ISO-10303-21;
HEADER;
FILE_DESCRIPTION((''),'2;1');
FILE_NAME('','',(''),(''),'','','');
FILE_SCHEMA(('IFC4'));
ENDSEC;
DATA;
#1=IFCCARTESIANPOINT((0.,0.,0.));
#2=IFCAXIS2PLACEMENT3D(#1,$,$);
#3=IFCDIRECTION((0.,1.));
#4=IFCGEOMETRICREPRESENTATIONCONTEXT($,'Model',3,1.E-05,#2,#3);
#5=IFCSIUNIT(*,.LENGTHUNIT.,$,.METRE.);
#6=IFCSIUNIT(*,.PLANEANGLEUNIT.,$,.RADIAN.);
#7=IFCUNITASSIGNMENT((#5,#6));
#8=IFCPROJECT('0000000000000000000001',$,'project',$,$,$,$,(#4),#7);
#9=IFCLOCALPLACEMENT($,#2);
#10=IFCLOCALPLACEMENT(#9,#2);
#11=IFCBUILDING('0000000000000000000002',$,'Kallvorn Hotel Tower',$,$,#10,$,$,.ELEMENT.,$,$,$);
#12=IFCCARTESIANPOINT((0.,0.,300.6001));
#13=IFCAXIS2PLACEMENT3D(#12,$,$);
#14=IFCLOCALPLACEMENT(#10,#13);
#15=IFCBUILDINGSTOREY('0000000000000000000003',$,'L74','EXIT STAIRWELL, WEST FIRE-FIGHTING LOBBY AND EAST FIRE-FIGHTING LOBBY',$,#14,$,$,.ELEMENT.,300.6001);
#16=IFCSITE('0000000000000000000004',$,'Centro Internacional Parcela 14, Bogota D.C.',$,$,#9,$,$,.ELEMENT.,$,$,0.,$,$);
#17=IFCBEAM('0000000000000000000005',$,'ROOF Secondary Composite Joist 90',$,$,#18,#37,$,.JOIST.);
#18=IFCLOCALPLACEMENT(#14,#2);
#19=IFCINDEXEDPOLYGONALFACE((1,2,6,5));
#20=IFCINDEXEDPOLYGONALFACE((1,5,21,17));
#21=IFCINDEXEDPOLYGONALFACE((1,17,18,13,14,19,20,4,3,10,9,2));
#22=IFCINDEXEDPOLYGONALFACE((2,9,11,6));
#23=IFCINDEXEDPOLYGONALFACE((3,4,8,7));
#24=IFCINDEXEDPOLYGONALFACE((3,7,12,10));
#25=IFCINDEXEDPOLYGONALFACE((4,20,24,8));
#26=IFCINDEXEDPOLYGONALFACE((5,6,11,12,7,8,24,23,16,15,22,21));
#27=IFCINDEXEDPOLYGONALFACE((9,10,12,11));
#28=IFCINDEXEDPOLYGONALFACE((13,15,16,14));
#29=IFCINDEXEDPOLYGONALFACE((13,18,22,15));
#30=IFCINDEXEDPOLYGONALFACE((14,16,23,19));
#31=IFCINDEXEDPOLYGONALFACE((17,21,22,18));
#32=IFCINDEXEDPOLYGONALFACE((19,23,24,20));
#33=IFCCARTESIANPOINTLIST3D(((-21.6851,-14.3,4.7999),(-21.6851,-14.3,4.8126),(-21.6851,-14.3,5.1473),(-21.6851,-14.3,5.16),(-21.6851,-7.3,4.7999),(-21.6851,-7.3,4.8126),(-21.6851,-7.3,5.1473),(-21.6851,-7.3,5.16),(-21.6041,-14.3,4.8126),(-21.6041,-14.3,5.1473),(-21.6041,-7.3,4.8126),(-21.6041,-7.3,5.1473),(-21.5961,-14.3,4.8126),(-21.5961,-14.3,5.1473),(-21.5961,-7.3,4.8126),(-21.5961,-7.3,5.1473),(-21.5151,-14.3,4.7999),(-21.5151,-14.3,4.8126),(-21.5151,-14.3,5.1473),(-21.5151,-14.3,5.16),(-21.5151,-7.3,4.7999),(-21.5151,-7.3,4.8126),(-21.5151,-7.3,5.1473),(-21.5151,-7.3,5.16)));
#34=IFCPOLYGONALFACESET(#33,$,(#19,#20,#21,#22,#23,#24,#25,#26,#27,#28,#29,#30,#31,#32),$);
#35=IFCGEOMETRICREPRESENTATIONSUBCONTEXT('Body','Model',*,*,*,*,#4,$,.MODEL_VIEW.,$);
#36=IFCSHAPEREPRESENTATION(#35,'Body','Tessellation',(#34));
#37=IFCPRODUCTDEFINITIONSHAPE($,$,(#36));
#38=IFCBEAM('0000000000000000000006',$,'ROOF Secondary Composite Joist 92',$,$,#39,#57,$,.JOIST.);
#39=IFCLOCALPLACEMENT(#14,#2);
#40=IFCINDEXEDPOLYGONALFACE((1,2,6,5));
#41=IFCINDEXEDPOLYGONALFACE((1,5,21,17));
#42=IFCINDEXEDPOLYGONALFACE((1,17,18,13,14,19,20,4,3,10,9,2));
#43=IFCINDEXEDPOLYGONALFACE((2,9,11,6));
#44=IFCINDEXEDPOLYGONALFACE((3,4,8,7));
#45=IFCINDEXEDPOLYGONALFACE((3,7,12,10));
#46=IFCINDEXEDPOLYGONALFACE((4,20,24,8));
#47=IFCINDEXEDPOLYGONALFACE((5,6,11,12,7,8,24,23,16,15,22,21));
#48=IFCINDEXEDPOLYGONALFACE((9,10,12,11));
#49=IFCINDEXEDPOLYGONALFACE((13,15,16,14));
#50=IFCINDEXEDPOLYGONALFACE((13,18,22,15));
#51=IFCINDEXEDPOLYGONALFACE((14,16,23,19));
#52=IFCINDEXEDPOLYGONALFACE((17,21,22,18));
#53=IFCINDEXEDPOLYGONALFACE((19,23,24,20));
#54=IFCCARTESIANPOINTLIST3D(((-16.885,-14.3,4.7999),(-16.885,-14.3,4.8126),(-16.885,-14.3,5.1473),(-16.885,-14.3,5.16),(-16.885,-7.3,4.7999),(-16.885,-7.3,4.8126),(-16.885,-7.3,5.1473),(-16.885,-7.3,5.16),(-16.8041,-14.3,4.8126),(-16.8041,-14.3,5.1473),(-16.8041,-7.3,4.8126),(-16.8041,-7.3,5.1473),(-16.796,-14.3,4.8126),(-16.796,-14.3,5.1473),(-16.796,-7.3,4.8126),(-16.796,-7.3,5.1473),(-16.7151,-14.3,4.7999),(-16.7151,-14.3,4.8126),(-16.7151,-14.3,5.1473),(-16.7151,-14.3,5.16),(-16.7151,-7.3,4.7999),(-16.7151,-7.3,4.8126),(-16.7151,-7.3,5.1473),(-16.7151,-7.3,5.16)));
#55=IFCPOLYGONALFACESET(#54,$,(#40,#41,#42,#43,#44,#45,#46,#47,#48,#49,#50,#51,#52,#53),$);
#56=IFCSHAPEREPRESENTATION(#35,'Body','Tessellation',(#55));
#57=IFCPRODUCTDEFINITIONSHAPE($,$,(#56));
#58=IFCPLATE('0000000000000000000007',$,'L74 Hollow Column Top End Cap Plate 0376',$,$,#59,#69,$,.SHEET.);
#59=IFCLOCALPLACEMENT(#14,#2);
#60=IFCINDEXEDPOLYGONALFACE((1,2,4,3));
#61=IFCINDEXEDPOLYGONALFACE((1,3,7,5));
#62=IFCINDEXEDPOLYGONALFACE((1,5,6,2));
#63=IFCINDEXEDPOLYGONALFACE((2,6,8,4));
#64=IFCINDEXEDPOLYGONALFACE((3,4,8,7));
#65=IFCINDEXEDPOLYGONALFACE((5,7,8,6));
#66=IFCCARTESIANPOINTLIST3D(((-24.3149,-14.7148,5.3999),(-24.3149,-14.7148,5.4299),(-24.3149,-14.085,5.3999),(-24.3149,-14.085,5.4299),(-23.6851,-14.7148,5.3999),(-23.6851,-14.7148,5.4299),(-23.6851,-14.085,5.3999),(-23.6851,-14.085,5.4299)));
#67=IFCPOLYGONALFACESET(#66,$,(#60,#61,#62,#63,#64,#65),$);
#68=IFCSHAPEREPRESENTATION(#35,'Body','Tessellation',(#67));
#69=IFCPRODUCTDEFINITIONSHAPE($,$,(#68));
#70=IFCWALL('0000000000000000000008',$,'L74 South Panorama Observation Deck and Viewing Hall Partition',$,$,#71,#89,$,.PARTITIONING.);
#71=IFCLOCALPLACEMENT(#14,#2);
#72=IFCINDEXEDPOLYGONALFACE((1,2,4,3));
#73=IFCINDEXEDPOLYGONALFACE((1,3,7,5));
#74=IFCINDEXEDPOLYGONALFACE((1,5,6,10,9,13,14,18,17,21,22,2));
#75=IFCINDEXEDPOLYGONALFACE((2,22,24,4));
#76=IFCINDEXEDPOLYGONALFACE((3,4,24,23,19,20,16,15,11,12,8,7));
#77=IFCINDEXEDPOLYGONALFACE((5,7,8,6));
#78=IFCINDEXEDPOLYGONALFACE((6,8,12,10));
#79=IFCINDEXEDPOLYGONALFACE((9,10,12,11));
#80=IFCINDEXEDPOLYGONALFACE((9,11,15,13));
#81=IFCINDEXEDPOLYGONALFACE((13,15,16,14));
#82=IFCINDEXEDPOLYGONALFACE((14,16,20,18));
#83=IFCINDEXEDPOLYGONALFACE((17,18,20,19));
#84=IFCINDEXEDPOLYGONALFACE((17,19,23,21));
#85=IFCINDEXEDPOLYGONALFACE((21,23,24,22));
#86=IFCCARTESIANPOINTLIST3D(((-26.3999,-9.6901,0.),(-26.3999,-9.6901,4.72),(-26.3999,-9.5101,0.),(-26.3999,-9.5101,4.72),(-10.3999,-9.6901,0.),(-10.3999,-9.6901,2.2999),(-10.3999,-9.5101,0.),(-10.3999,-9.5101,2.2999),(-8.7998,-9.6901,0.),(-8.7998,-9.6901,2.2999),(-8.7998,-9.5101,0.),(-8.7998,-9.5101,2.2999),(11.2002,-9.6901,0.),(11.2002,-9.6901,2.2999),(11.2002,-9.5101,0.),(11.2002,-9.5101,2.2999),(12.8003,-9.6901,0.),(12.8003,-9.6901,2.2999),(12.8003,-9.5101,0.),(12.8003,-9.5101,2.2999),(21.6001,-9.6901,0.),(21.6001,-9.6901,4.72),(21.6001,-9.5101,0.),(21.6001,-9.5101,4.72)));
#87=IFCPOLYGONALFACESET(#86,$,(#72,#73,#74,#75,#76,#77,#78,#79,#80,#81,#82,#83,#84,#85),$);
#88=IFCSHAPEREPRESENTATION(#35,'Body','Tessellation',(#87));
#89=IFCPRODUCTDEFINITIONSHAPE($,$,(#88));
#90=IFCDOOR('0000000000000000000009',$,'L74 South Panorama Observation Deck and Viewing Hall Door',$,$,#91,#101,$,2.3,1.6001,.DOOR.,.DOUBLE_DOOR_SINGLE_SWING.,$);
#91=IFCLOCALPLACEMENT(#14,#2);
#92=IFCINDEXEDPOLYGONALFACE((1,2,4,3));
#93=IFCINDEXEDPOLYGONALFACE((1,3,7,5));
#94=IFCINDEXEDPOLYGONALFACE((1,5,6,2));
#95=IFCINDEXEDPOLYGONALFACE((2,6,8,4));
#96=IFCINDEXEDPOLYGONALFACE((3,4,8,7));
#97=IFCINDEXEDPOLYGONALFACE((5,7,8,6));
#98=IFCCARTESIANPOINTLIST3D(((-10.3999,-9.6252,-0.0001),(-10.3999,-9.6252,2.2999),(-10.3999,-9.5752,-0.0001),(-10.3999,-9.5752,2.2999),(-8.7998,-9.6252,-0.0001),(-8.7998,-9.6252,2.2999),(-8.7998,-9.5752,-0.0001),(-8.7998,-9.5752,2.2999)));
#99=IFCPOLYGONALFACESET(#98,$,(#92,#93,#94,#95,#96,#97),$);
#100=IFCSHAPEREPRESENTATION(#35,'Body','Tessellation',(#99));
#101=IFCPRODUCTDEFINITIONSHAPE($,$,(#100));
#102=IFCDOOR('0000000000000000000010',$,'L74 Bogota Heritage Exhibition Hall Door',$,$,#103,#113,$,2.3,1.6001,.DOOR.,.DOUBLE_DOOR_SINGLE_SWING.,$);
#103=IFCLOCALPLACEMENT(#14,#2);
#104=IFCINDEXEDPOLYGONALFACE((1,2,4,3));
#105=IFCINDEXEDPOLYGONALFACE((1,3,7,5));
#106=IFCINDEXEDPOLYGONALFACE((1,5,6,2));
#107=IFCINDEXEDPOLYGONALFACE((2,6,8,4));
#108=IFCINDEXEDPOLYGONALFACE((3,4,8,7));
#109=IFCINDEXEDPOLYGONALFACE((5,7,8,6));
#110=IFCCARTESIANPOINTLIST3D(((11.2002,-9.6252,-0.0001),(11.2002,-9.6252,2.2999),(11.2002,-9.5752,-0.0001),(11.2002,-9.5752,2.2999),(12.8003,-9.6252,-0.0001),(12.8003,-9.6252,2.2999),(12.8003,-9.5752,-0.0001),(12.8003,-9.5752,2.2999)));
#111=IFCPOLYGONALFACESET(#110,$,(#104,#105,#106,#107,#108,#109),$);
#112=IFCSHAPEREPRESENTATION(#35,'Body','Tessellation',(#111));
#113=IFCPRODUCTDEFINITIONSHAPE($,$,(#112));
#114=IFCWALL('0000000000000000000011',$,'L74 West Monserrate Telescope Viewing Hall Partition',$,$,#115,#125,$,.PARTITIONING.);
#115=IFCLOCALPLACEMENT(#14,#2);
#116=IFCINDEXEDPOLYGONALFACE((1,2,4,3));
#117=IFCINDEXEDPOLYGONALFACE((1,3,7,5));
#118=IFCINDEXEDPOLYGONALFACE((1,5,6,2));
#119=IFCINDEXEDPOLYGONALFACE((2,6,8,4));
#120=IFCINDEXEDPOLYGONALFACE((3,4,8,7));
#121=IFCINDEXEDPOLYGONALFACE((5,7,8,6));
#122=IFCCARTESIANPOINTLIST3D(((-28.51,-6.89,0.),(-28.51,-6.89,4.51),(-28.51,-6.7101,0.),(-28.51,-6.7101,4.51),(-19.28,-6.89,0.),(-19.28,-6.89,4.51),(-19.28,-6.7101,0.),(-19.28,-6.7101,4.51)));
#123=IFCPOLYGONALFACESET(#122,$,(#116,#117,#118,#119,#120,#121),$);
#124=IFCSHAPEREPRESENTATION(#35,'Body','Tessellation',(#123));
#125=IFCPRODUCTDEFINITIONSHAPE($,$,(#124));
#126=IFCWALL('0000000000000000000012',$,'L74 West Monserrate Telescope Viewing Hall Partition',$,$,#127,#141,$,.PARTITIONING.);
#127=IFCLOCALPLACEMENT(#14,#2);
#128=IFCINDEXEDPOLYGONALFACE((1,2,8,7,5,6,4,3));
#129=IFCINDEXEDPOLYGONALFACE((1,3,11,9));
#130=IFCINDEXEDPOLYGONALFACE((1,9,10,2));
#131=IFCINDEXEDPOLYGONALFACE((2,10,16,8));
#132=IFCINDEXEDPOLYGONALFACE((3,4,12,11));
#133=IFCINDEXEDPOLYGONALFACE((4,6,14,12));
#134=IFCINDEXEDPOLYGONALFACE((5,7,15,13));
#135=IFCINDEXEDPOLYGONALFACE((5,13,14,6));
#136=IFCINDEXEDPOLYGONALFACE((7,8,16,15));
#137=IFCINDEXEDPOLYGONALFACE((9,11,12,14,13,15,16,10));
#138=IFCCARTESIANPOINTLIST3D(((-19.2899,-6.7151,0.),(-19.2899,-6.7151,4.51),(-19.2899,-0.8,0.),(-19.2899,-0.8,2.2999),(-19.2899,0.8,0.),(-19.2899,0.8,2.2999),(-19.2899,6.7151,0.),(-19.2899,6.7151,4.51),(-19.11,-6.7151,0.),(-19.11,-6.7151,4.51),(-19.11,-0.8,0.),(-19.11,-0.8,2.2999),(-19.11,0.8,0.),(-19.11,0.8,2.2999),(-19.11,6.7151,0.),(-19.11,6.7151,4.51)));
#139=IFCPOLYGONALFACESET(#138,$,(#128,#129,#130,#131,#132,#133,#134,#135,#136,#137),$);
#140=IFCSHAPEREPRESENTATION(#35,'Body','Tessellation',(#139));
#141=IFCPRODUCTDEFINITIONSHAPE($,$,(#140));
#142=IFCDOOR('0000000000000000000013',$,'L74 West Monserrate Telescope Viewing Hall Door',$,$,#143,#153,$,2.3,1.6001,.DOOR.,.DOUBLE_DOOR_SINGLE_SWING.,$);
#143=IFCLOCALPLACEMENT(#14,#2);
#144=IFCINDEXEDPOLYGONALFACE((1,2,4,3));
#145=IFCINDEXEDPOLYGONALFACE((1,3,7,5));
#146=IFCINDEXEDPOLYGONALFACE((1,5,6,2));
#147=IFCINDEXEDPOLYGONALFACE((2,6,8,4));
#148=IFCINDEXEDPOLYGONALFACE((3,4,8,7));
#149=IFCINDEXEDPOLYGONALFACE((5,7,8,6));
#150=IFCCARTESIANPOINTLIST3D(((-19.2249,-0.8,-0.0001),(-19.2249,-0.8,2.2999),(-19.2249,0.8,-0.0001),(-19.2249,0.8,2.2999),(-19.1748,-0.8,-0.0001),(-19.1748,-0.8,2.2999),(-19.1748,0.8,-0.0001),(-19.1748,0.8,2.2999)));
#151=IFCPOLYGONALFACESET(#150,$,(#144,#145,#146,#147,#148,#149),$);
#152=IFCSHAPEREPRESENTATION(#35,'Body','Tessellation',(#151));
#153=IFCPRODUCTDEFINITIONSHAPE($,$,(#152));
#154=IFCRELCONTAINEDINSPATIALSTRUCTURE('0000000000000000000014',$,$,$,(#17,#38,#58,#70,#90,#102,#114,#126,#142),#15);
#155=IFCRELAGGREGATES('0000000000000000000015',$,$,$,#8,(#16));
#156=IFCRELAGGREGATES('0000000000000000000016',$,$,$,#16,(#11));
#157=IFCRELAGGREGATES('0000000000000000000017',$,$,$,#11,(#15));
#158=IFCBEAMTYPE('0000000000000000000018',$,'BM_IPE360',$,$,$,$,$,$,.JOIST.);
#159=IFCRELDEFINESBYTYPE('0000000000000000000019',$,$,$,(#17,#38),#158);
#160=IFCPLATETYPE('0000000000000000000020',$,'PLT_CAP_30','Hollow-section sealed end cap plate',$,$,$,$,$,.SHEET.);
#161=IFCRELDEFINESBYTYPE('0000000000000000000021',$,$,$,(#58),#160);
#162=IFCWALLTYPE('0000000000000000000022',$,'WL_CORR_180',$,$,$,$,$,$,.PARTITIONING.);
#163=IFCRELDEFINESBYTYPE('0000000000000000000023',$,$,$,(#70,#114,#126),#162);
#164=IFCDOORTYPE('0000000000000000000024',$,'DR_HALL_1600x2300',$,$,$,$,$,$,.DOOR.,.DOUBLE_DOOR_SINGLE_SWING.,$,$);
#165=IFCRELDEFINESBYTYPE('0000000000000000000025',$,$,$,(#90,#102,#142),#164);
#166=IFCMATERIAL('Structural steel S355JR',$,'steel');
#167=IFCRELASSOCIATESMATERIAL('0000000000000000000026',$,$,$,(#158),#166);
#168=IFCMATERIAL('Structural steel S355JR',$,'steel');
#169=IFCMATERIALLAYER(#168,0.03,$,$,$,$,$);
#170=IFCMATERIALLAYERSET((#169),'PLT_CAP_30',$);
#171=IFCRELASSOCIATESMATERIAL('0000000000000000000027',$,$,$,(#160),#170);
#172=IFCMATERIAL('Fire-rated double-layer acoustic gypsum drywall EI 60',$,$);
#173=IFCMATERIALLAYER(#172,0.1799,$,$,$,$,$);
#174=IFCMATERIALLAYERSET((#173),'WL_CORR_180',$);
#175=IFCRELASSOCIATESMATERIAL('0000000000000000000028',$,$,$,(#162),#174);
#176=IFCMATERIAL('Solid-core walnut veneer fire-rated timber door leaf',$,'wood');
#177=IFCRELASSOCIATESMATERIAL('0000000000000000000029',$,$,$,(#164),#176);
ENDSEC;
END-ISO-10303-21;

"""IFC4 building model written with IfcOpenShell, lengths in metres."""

from ifc_helpers import new_model, si_unit, direction, frame, frame_2d, origin, origin_2d, place, context, subcontext, project, spatial, rectangle, i_section, extrude, material, layer, layer_set, material_profile, profile_set, type_object, element, fill, save


model = new_model("IFC4")

# Units and contexts
model_context = context("Model", 3, precision=1e-05, world=origin(), true_north=direction((0.0, 1.0)))
body_context = subcontext(model_context, "Body", "Model", "MODEL_VIEW")
ifc_project = project(units=[si_unit("LENGTHUNIT", "METRE"), si_unit("PLANEANGLEUNIT", "RADIAN")], contexts=[model_context])

# Site, building, storey
site_placement = place(None, origin())
site = spatial("IfcSite", under=ifc_project, at=site_placement, Name="Centro Internacional Parcela 14, Bogota D.C.", CompositionType="ELEMENT", RefElevation=0.0)
building_placement = place(site_placement, origin())
building = spatial("IfcBuilding", under=site, at=building_placement, Name="Kallvorn Hotel Tower", CompositionType="ELEMENT")
storey_placement = place(building_placement, frame((0.0, 0.0, 300.6001)))
storey = spatial("IfcBuildingStorey", under=building, at=storey_placement, Name="L74", Description="EXIT STAIRWELL, WEST FIRE-FIGHTING LOBBY AND EAST FIRE-FIGHTING LOBBY", CompositionType="ELEMENT", Elevation=300.6001)

# Beams
ifc_material_1 = material(Name="Structural steel S355JR", Category="steel")
ifc_material_profile_1 = material_profile(ifc_material_1, i_section(OverallWidth=0.1699, OverallDepth=0.3601, WebThickness=0.0081, FlangeThickness=0.0127, at=origin_2d()), Name="IPE 360")
ifc_profile_set_1 = profile_set([ifc_material_profile_1], Name="Structural steel S355JR")
beam_type_1 = type_object("IfcBeamType", Name="BM_IPE360", PredefinedType="JOIST", material=ifc_profile_set_1)
for number, where, z_axis, x_axis, name in (
    (1, (-21.6001, -14.3, 4.98), (0.0, 1.0, 0.0), (-1.0, 0.0, 0.0), "ROOF Secondary Composite Joist 90"),
    (2, (-16.8, -14.3, 4.98), (0.0, 1.0, 0.0), (-1.0, 0.0, 0.0), "ROOF Secondary Composite Joist 92"),
):
    element("IfcBeam", number, at=place(storey_placement, frame(where, z_axis=z_axis, x_axis=x_axis)), inside=storey, type_object=beam_type_1, Name=name, PredefinedType="JOIST", context=body_context, shape_type="SweptSolid", body=[
        extrude(i_section(OverallWidth=0.1699, OverallDepth=0.3601, WebThickness=0.0081, FlangeThickness=0.0127, at=origin_2d()), origin(), (0.0, 0.0, 1.0), 7.0),
    ])

# Plate
ifc_material_2 = material(Name="Structural steel S355JR", Category="steel")
ifc_layer_1 = layer(ifc_material_2, 0.03)
ifc_layer_set_1 = layer_set([ifc_layer_1], Name="PLT_CAP_30")
plate_type = type_object("IfcPlateType", Name="PLT_CAP_30", Description="Hollow-section sealed end cap plate", PredefinedType="SHEET", material=ifc_layer_set_1)
plate_placement = place(storey_placement, frame((-24.0, -14.3999, 5.3999), z_axis=(0.0, 0.0, 1.0), x_axis=(1.0, 0.0, 0.0)))
element("IfcPlate", 3, at=plate_placement, inside=storey, type_object=plate_type, Name="L74 Hollow Column Top End Cap Plate 0376", PredefinedType="SHEET", context=body_context, shape_type="SweptSolid", body=[
    extrude(rectangle(XDim=0.6299, YDim=0.6299, at=origin_2d()), origin(), (0.0, 0.0, 1.0), 0.03),
])

# Wall, openings, doors
ifc_material_3 = material(Name="Fire-rated double-layer acoustic gypsum drywall EI 60")
ifc_layer_2 = layer(ifc_material_3, 0.1799)
ifc_layer_set_2 = layer_set([ifc_layer_2], Name="WL_CORR_180")
wall_type = type_object("IfcWallType", Name="WL_CORR_180", PredefinedType="PARTITIONING", material=ifc_layer_set_2)
wall_1_placement = place(storey_placement, frame((-26.3999, -9.6001, 0.0), z_axis=(0.0, 0.0, 1.0), x_axis=(1.0, 0.0, 0.0)))
wall_1 = element("IfcWall", 4, at=wall_1_placement, inside=storey, type_object=wall_type, Name="L74 South Panorama Observation Deck and Viewing Hall Partition", PredefinedType="PARTITIONING", context=body_context, shape_type="SweptSolid", body=[
    extrude(rectangle(XDim=48.0, YDim=0.1799, at=frame_2d((24.0, 0.0))), origin(), (0.0, 0.0, 1.0), 4.72),
])
opening_1_placement = place(wall_1_placement, frame((16.0, 0.0, 0.0)))
opening_1 = element("IfcOpeningElement", 5, at=opening_1_placement, cuts=wall_1, PredefinedType="OPENING", context=body_context, shape_type="SweptSolid", body=[
    extrude(rectangle(XDim=1.6001, YDim=2.3, at=frame_2d((0.8, 1.1499))), frame((0.0, 0.1047, 0.0), z_axis=(0.0, -1.0, 0.0), x_axis=(1.0, 0.0, 0.0)), (0.0, 0.0, 1.0), 0.21),
])
opening_2_placement = place(wall_1_placement, frame((37.6001, 0.0, 0.0)))
opening_2 = element("IfcOpeningElement", 6, at=opening_2_placement, cuts=wall_1, PredefinedType="OPENING", context=body_context, shape_type="SweptSolid", body=[
    extrude(rectangle(XDim=1.6001, YDim=2.3, at=frame_2d((0.8, 1.1499))), frame((0.0, 0.1047, 0.0), z_axis=(0.0, -1.0, 0.0), x_axis=(1.0, 0.0, 0.0)), (0.0, 0.0, 1.0), 0.21),
])
ifc_material_4 = material(Name="Solid-core walnut veneer fire-rated timber door leaf", Category="wood")
door_type = type_object("IfcDoorType", Name="DR_HALL_1600x2300", OperationType="DOUBLE_DOOR_SINGLE_SWING", PredefinedType="DOOR", material=ifc_material_4)
door_1_placement = place(opening_1_placement, origin())
door_1 = element("IfcDoor", 7, at=door_1_placement, inside=storey, type_object=door_type, Name="L74 South Panorama Observation Deck and Viewing Hall Door", OperationType="DOUBLE_DOOR_SINGLE_SWING", OverallHeight=2.3, OverallWidth=1.6001, PredefinedType="DOOR", context=body_context, shape_type="SweptSolid", body=[
    extrude(rectangle(XDim=1.6001, YDim=2.3, at=frame_2d((0.8, 1.1499))), frame((0.0, 0.0249, 0.0), z_axis=(0.0, -1.0, 0.0), x_axis=(1.0, 0.0, 0.0)), (0.0, 0.0, 1.0), 0.05),
])
fill(opening_1, door_1)
door_2_placement = place(opening_2_placement, origin())
door_2 = element("IfcDoor", 8, at=door_2_placement, inside=storey, type_object=door_type, Name="L74 Bogota Heritage Exhibition Hall Door", OperationType="DOUBLE_DOOR_SINGLE_SWING", OverallHeight=2.3, OverallWidth=1.6001, PredefinedType="DOOR", context=body_context, shape_type="SweptSolid", body=[
    extrude(rectangle(XDim=1.6001, YDim=2.3, at=frame_2d((0.8, 1.1499))), frame((0.0, 0.0249, 0.0), z_axis=(0.0, -1.0, 0.0), x_axis=(1.0, 0.0, 0.0)), (0.0, 0.0, 1.0), 0.05),
])
fill(opening_2, door_2)

# Wall
wall_2_placement = place(storey_placement, frame((-28.51, -6.8, 0.0), z_axis=(0.0, 0.0, 1.0), x_axis=(1.0, 0.0, 0.0)))
element("IfcWall", 9, at=wall_2_placement, inside=storey, type_object=wall_type, Name="L74 West Monserrate Telescope Viewing Hall Partition", PredefinedType="PARTITIONING", context=body_context, shape_type="SweptSolid", body=[
    extrude(rectangle(XDim=9.23, YDim=0.1799, at=frame_2d((4.615, 0.0))), origin(), (0.0, 0.0, 1.0), 4.51),
])

# Wall, opening, door
wall_3_placement = place(storey_placement, frame((-19.2, -6.7151, 0.0), z_axis=(0.0, 0.0, 1.0), x_axis=(0.0, 1.0, 0.0)))
wall_3 = element("IfcWall", 10, at=wall_3_placement, inside=storey, type_object=wall_type, Name="L74 West Monserrate Telescope Viewing Hall Partition", PredefinedType="PARTITIONING", context=body_context, shape_type="SweptSolid", body=[
    extrude(rectangle(XDim=13.4302, YDim=0.1799, at=frame_2d((6.7151, 0.0))), origin(), (0.0, 0.0, 1.0), 4.51),
])
opening_3_placement = place(wall_3_placement, frame((5.915, 0.0, 0.0)))
opening_3 = element("IfcOpeningElement", 11, at=opening_3_placement, cuts=wall_3, PredefinedType="OPENING", context=body_context, shape_type="SweptSolid", body=[
    extrude(rectangle(XDim=1.6001, YDim=2.3, at=frame_2d((0.8, 1.1499))), frame((0.0, 0.1047, 0.0), z_axis=(0.0, -1.0, 0.0), x_axis=(1.0, 0.0, 0.0)), (0.0, 0.0, 1.0), 0.21),
])
door_3_placement = place(opening_3_placement, origin())
door_3 = element("IfcDoor", 12, at=door_3_placement, inside=storey, type_object=door_type, Name="L74 West Monserrate Telescope Viewing Hall Door", OperationType="DOUBLE_DOOR_SINGLE_SWING", OverallHeight=2.3, OverallWidth=1.6001, PredefinedType="DOOR", context=body_context, shape_type="SweptSolid", body=[
    extrude(rectangle(XDim=1.6001, YDim=2.3, at=frame_2d((0.8, 1.1499))), frame((0.0, 0.0249, 0.0), z_axis=(0.0, -1.0, 0.0), x_axis=(1.0, 0.0, 0.0)), (0.0, 0.0, 1.0), 0.05),
])
fill(opening_3, door_3)

save(model, "model.ifc")
